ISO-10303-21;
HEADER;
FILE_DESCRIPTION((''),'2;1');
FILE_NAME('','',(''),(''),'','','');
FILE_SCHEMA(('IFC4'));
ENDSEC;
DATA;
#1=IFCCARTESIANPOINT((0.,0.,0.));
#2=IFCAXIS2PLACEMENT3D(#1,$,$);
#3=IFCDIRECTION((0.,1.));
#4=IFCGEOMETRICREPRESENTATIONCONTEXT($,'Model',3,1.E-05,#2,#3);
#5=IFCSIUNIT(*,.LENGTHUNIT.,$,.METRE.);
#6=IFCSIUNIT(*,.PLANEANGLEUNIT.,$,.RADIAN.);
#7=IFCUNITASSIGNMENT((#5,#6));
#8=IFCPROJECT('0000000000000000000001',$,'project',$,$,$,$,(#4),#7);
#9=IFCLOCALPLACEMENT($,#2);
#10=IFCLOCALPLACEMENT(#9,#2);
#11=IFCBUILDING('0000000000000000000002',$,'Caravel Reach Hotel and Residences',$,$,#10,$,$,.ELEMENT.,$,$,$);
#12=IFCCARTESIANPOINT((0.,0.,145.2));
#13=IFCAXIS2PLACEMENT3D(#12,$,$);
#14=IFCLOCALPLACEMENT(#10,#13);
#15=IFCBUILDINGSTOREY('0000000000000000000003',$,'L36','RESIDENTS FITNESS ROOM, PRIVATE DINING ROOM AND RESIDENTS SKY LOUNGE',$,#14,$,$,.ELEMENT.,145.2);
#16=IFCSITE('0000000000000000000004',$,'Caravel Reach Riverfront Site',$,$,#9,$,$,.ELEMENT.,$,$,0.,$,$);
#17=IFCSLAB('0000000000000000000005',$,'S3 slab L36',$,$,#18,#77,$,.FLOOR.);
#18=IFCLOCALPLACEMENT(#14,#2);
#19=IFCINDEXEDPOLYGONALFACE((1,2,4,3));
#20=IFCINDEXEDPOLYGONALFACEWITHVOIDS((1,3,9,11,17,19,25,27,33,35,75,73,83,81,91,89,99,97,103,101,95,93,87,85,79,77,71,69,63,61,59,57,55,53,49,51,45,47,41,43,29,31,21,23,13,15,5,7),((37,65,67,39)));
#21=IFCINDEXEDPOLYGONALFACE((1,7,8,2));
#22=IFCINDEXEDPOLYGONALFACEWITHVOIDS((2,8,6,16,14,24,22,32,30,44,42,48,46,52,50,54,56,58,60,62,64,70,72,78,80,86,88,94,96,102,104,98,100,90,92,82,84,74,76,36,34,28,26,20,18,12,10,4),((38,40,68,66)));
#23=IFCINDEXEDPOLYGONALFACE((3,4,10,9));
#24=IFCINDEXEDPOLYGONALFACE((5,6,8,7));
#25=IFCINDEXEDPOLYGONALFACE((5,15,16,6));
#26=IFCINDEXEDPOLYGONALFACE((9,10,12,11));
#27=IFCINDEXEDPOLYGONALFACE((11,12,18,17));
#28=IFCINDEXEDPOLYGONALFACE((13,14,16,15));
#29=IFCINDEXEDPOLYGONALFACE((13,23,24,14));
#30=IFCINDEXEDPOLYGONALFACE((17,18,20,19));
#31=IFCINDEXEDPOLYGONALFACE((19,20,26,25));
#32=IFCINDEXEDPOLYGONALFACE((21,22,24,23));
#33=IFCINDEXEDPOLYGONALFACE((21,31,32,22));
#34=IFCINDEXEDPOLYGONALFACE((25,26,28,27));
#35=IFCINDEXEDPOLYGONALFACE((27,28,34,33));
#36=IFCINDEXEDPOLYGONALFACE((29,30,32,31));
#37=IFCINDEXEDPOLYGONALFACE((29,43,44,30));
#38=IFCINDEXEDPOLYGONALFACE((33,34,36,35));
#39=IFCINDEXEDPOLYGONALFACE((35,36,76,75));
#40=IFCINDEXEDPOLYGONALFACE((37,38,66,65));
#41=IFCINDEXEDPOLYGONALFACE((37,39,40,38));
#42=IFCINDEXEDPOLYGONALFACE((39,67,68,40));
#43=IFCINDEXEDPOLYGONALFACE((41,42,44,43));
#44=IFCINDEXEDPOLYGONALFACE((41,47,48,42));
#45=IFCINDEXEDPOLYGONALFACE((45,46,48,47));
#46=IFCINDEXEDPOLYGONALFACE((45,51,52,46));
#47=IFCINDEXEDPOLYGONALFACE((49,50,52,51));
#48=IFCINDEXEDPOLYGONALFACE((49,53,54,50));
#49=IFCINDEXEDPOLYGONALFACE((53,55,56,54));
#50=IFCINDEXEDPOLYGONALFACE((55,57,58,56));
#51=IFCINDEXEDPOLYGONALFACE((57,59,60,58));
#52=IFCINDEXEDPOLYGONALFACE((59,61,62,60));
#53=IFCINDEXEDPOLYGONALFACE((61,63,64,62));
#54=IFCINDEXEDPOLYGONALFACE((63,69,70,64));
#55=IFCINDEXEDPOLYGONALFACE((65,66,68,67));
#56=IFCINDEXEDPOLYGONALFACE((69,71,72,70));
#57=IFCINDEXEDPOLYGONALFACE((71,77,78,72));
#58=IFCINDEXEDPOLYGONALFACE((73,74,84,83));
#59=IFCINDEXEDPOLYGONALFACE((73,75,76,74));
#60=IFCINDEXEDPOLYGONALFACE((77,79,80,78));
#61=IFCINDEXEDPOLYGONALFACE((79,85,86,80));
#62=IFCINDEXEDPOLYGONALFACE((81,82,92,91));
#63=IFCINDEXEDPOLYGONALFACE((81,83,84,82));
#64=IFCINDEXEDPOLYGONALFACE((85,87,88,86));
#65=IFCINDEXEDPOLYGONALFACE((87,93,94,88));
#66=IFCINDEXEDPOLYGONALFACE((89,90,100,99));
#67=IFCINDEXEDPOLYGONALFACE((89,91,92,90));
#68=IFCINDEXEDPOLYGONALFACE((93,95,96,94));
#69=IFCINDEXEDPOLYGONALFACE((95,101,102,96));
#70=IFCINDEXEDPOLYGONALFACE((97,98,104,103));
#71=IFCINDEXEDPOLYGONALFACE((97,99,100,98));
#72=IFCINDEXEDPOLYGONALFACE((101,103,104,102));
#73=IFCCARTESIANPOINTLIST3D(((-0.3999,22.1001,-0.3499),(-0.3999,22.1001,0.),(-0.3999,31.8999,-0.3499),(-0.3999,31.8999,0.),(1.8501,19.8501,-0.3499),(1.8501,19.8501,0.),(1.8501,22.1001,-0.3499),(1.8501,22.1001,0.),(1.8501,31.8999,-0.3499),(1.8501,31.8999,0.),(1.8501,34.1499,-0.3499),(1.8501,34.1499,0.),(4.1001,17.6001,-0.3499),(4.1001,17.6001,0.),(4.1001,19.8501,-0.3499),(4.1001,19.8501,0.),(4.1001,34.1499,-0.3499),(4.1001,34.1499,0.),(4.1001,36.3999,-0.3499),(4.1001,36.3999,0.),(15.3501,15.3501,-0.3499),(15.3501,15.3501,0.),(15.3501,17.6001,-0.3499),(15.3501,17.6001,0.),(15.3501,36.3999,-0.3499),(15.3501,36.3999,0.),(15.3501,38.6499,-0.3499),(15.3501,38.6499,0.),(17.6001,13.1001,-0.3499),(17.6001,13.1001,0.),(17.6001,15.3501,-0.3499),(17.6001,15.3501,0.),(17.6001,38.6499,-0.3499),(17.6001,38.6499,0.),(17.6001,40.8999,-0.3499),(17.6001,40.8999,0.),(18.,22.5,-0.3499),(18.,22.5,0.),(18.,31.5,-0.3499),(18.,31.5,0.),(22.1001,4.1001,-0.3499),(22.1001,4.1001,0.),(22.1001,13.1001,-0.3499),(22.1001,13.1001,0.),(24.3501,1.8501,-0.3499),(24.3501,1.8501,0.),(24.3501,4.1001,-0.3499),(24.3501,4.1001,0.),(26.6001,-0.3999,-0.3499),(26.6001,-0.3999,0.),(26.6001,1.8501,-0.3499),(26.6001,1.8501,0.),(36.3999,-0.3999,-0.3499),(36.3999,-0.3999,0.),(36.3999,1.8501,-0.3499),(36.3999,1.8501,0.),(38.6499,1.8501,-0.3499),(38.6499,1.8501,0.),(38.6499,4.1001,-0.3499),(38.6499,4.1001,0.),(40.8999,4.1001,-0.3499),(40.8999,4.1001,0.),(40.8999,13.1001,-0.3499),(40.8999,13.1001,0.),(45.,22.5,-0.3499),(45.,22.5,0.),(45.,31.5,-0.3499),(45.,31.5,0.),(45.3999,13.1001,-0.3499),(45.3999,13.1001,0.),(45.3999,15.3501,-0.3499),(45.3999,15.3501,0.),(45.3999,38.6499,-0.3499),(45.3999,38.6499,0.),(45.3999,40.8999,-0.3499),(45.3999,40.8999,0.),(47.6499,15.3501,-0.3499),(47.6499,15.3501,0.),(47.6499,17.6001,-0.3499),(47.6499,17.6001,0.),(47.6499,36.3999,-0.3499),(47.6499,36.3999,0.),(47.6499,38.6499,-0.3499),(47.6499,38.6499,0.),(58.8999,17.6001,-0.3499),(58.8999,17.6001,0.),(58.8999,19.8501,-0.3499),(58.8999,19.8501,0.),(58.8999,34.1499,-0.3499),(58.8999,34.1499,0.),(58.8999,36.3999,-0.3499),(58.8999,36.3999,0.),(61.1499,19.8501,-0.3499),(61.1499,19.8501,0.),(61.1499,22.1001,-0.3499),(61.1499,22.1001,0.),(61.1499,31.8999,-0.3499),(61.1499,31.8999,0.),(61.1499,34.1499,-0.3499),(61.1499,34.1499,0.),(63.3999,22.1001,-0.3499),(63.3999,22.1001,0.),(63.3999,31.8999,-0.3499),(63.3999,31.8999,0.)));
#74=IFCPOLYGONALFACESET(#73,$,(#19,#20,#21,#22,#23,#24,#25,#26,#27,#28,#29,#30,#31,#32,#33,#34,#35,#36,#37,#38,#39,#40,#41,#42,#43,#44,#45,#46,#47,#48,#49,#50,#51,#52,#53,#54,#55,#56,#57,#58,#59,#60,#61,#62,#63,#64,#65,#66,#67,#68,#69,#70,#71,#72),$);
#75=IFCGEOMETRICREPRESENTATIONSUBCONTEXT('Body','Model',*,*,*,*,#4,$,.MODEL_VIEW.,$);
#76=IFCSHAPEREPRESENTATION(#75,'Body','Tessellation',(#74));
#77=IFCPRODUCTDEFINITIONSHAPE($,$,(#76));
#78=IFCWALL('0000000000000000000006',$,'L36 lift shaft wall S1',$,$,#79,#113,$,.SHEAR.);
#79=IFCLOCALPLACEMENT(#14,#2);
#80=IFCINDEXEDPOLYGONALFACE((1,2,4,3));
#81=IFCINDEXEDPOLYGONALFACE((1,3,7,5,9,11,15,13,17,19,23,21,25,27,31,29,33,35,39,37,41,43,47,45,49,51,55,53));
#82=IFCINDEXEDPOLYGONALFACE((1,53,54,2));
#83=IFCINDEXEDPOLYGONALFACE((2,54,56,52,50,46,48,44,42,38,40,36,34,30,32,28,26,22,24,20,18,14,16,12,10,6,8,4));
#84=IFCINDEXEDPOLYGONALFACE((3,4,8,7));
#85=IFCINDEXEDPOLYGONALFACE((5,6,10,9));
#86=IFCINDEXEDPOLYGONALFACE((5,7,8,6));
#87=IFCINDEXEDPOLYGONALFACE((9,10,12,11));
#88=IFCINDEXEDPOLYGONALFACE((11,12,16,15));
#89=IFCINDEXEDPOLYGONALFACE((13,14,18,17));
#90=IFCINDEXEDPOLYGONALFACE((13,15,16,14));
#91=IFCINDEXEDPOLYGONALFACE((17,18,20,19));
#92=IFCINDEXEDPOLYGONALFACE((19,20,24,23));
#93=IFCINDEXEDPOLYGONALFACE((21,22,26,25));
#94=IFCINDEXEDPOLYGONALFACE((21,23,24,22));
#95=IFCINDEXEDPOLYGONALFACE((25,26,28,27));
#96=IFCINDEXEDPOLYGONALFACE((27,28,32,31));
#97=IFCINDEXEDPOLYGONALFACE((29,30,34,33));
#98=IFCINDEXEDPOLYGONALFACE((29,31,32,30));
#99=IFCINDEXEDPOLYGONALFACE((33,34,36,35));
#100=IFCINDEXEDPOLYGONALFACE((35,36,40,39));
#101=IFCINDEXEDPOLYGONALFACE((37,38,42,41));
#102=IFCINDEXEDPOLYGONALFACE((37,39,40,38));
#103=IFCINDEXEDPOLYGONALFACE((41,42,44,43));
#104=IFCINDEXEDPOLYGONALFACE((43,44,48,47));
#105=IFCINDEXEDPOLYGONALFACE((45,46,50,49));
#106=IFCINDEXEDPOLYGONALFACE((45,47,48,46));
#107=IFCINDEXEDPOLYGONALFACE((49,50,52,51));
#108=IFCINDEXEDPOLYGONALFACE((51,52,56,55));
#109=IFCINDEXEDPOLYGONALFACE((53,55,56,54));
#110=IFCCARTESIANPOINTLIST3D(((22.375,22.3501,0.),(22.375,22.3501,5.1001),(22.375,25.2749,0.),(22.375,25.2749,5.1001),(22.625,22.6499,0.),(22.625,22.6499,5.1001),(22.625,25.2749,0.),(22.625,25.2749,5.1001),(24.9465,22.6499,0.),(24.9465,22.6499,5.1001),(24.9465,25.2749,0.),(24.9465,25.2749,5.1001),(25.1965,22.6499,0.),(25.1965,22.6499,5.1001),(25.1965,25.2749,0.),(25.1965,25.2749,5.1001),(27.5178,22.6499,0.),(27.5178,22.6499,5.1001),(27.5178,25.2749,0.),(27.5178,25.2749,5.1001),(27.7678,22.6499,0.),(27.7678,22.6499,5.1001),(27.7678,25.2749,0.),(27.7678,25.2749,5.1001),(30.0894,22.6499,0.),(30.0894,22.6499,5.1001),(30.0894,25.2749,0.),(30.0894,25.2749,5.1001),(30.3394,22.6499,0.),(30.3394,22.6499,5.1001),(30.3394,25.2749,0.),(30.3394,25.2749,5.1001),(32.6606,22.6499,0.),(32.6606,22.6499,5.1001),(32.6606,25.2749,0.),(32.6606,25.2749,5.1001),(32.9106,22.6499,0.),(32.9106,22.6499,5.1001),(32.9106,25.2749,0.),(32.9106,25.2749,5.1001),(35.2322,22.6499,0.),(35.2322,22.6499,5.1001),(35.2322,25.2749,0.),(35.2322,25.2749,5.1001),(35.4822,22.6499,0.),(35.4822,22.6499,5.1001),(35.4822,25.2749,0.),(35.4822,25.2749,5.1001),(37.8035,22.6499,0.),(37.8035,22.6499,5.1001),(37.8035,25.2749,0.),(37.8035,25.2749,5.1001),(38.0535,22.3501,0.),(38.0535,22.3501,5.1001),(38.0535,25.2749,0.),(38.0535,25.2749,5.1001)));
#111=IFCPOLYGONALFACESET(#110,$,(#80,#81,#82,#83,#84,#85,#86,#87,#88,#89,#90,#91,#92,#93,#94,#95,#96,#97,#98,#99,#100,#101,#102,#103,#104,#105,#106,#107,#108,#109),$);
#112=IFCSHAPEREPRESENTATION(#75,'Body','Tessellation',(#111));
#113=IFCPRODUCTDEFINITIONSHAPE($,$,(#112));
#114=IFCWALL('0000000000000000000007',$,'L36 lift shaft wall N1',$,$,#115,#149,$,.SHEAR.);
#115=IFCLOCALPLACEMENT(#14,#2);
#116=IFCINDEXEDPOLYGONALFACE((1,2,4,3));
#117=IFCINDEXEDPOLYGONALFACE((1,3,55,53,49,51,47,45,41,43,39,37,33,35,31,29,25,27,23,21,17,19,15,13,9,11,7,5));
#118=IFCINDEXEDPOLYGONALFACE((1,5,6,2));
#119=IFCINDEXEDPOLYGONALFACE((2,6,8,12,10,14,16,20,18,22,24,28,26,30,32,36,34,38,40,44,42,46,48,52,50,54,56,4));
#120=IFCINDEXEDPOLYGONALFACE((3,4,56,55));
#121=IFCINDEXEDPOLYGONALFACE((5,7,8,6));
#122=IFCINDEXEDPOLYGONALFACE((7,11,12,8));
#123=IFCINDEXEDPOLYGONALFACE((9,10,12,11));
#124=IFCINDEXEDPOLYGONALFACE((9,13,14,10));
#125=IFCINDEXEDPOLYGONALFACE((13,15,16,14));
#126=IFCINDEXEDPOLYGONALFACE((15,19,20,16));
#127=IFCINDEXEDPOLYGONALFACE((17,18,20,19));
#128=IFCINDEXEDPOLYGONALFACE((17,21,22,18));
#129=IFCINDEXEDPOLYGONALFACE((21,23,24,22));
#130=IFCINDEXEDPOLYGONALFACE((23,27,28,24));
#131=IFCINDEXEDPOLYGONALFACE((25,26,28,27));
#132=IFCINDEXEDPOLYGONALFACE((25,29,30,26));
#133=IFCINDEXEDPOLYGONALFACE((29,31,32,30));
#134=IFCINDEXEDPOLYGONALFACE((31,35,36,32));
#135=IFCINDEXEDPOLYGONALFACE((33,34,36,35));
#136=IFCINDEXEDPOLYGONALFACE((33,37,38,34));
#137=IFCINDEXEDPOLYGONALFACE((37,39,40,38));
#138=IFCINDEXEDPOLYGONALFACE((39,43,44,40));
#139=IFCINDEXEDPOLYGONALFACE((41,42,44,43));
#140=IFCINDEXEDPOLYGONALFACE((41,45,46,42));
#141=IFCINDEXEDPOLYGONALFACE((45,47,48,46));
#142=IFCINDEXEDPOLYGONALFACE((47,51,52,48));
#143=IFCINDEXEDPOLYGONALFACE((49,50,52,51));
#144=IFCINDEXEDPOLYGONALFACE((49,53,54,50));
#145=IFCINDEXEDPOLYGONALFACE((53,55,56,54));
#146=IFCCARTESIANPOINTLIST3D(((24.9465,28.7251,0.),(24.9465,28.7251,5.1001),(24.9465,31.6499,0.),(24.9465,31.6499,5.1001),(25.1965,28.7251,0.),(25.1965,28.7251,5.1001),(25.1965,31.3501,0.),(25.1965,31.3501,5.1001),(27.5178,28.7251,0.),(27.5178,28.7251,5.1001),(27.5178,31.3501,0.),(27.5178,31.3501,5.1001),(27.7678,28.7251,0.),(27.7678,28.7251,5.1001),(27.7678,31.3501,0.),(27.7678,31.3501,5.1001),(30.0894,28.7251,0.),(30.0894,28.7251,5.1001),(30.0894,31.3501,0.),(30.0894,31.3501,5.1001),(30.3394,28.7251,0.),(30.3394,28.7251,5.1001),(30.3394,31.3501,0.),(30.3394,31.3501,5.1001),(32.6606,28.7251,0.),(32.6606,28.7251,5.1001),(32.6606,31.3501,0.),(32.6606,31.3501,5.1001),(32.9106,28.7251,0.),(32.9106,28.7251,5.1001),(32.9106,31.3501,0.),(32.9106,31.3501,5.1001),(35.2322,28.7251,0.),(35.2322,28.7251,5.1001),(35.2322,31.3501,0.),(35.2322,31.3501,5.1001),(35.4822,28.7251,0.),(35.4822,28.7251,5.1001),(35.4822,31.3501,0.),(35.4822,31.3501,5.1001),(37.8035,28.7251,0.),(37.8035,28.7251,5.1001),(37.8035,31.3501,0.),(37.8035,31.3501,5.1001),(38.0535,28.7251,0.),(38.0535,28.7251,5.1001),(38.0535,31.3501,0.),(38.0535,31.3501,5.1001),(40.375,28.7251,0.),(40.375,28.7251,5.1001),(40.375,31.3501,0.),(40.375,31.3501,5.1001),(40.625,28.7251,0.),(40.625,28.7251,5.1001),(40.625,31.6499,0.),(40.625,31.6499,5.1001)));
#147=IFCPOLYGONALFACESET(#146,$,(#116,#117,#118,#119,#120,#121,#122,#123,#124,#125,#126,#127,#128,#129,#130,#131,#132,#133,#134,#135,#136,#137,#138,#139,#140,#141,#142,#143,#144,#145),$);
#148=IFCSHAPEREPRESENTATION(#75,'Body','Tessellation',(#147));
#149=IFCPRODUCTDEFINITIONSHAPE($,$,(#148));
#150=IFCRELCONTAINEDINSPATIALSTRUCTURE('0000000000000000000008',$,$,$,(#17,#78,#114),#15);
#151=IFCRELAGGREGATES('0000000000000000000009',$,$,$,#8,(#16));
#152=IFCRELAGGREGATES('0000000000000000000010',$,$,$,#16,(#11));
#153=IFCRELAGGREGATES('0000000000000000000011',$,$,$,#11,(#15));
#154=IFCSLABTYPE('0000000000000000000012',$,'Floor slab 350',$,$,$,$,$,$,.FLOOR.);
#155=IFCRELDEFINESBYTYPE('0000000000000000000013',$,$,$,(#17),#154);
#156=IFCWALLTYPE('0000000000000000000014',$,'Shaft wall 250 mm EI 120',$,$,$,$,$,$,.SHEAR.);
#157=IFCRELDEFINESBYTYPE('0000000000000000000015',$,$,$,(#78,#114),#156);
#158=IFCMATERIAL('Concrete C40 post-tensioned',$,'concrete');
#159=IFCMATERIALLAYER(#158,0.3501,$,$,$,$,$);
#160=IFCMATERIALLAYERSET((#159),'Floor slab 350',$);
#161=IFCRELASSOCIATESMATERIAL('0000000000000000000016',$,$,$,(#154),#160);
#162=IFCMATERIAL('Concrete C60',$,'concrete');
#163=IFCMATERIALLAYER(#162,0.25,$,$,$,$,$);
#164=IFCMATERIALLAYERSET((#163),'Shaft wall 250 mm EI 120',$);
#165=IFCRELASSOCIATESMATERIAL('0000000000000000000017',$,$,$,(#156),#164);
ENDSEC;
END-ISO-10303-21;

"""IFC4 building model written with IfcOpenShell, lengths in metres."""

from ifc_helpers import new_model, si_unit, direction, frame, origin, place, context, subcontext, project, spatial, polyline, outline, extrude, material, layer, layer_set, type_object, element, save


model = new_model("IFC4")

# Units and contexts
model_context = context("Model", 3, precision=1e-05, world=origin(), true_north=direction((0.0, 1.0)))
body_context = subcontext(model_context, "Body", "Model", "MODEL_VIEW")
ifc_project = project(units=[si_unit("LENGTHUNIT", "METRE"), si_unit("PLANEANGLEUNIT", "RADIAN")], contexts=[model_context])

# Site, building, storey
site_placement = place(None, origin())
site = spatial("IfcSite", under=ifc_project, at=site_placement, Name="Caravel Reach Riverfront Site", CompositionType="ELEMENT", RefElevation=0.0)
building_placement = place(site_placement, origin())
building = spatial("IfcBuilding", under=site, at=building_placement, Name="Caravel Reach Hotel and Residences", CompositionType="ELEMENT")
storey_placement = place(building_placement, frame((0.0, 0.0, 145.2)))
storey = spatial("IfcBuildingStorey", under=building, at=storey_placement, Name="L36", Description="RESIDENTS FITNESS ROOM, PRIVATE DINING ROOM AND RESIDENTS SKY LOUNGE", CompositionType="ELEMENT", Elevation=145.2)

# Slab
ifc_material_1 = material(Name="Concrete C40 post-tensioned", Category="concrete")
ifc_layer_1 = layer(ifc_material_1, 0.3501)
ifc_layer_set_1 = layer_set([ifc_layer_1], Name="Floor slab 350")
slab_type_1 = type_object("IfcSlabType", Name="Floor slab 350", PredefinedType="FLOOR", material=ifc_layer_set_1)
slab_1_placement = place(storey_placement, frame((0.0, 0.0, -0.3499)))
element("IfcSlab", 1, at=slab_1_placement, inside=storey, type_object=slab_type_1, Name="S3 slab L36", PredefinedType="FLOOR", context=body_context, shape_type="SweptSolid", body=[
    extrude(outline(polyline([(17.6001, 13.1001), (17.6001, 15.3501), (15.3501, 15.3501), (15.3501, 17.6001), (4.1001, 17.6001), (4.1001, 19.8501), (1.8501, 19.8501), (1.8501, 22.1001), (-0.3999, 22.1001), (-0.3999, 31.8999), (1.8501, 31.8999), (1.8501, 34.1499), (4.1001, 34.1499), (4.1001, 36.3999), (15.3501, 36.3999), (15.3501, 38.6499), (17.6001, 38.6499), (17.6001, 40.8999), (45.3999, 40.8999), (45.3999, 38.6499), (47.6499, 38.6499), (47.6499, 36.3999), (58.8999, 36.3999), (58.8999, 34.1499), (61.1499, 34.1499), (61.1499, 31.8999), (63.3999, 31.8999), (63.3999, 22.1001), (61.1499, 22.1001), (61.1499, 19.8501), (58.8999, 19.8501), (58.8999, 17.6001), (47.6499, 17.6001), (47.6499, 15.3501), (45.3999, 15.3501), (45.3999, 13.1001), (40.8999, 13.1001), (40.8999, 4.1001), (38.6499, 4.1001), (38.6499, 1.8501), (36.3999, 1.8501), (36.3999, -0.3999), (26.6001, -0.3999), (26.6001, 1.8501), (24.3501, 1.8501), (24.3501, 4.1001), (22.1001, 4.1001), (22.1001, 13.1001), (17.6001, 13.1001)]), holes=[polyline([(45.0, 31.5), (18.0, 31.5), (18.0, 22.5), (45.0, 22.5), (45.0, 31.5)])]), origin(), (0.0, 0.0, 1.0), 0.3499),
])

# Walls
ifc_material_2 = material(Name="Concrete C60", Category="concrete")
ifc_layer_2 = layer(ifc_material_2, 0.25)
ifc_layer_set_2 = layer_set([ifc_layer_2], Name="Shaft wall 250 mm EI 120")
wall_type = type_object("IfcWallType", Name="Shaft wall 250 mm EI 120", PredefinedType="SHEAR", material=ifc_layer_set_2)
wall_1_placement = place(storey_placement, origin())
element("IfcWall", 2, at=wall_1_placement, inside=storey, type_object=wall_type, Name="L36 lift shaft wall S1", PredefinedType="SHEAR", context=body_context, shape_type="SweptSolid", body=[
    extrude(outline(polyline([(22.375, 22.3501), (38.0535, 22.3501), (38.0535, 25.2749), (37.8035, 25.2749), (37.8035, 22.6499), (35.4822, 22.6499), (35.4822, 25.2749), (35.2322, 25.2749), (35.2322, 22.6499), (32.9106, 22.6499), (32.9106, 25.2749), (32.6606, 25.2749), (32.6606, 22.6499), (30.3394, 22.6499), (30.3394, 25.2749), (30.0894, 25.2749), (30.0894, 22.6499), (27.7678, 22.6499), (27.7678, 25.2749), (27.5178, 25.2749), (27.5178, 22.6499), (25.1965, 22.6499), (25.1965, 25.2749), (24.9465, 25.2749), (24.9465, 22.6499), (22.625, 22.6499), (22.625, 25.2749), (22.375, 25.2749), (22.375, 22.3501)])), origin(), (0.0, 0.0, 1.0), 5.1001),
])
wall_2_placement = place(storey_placement, origin())
element("IfcWall", 3, at=wall_2_placement, inside=storey, type_object=wall_type, Name="L36 lift shaft wall N1", PredefinedType="SHEAR", context=body_context, shape_type="SweptSolid", body=[
    extrude(outline(polyline([(24.9465, 28.7251), (25.1965, 28.7251), (25.1965, 31.3501), (27.5178, 31.3501), (27.5178, 28.7251), (27.7678, 28.7251), (27.7678, 31.3501), (30.0894, 31.3501), (30.0894, 28.7251), (30.3394, 28.7251), (30.3394, 31.3501), (32.6606, 31.3501), (32.6606, 28.7251), (32.9106, 28.7251), (32.9106, 31.3501), (35.2322, 31.3501), (35.2322, 28.7251), (35.4822, 28.7251), (35.4822, 31.3501), (37.8035, 31.3501), (37.8035, 28.7251), (38.0535, 28.7251), (38.0535, 31.3501), (40.375, 31.3501), (40.375, 28.7251), (40.625, 28.7251), (40.625, 31.6499), (24.9465, 31.6499), (24.9465, 28.7251)])), origin(), (0.0, 0.0, 1.0), 5.1001),
])

save(model, "model.ifc")
